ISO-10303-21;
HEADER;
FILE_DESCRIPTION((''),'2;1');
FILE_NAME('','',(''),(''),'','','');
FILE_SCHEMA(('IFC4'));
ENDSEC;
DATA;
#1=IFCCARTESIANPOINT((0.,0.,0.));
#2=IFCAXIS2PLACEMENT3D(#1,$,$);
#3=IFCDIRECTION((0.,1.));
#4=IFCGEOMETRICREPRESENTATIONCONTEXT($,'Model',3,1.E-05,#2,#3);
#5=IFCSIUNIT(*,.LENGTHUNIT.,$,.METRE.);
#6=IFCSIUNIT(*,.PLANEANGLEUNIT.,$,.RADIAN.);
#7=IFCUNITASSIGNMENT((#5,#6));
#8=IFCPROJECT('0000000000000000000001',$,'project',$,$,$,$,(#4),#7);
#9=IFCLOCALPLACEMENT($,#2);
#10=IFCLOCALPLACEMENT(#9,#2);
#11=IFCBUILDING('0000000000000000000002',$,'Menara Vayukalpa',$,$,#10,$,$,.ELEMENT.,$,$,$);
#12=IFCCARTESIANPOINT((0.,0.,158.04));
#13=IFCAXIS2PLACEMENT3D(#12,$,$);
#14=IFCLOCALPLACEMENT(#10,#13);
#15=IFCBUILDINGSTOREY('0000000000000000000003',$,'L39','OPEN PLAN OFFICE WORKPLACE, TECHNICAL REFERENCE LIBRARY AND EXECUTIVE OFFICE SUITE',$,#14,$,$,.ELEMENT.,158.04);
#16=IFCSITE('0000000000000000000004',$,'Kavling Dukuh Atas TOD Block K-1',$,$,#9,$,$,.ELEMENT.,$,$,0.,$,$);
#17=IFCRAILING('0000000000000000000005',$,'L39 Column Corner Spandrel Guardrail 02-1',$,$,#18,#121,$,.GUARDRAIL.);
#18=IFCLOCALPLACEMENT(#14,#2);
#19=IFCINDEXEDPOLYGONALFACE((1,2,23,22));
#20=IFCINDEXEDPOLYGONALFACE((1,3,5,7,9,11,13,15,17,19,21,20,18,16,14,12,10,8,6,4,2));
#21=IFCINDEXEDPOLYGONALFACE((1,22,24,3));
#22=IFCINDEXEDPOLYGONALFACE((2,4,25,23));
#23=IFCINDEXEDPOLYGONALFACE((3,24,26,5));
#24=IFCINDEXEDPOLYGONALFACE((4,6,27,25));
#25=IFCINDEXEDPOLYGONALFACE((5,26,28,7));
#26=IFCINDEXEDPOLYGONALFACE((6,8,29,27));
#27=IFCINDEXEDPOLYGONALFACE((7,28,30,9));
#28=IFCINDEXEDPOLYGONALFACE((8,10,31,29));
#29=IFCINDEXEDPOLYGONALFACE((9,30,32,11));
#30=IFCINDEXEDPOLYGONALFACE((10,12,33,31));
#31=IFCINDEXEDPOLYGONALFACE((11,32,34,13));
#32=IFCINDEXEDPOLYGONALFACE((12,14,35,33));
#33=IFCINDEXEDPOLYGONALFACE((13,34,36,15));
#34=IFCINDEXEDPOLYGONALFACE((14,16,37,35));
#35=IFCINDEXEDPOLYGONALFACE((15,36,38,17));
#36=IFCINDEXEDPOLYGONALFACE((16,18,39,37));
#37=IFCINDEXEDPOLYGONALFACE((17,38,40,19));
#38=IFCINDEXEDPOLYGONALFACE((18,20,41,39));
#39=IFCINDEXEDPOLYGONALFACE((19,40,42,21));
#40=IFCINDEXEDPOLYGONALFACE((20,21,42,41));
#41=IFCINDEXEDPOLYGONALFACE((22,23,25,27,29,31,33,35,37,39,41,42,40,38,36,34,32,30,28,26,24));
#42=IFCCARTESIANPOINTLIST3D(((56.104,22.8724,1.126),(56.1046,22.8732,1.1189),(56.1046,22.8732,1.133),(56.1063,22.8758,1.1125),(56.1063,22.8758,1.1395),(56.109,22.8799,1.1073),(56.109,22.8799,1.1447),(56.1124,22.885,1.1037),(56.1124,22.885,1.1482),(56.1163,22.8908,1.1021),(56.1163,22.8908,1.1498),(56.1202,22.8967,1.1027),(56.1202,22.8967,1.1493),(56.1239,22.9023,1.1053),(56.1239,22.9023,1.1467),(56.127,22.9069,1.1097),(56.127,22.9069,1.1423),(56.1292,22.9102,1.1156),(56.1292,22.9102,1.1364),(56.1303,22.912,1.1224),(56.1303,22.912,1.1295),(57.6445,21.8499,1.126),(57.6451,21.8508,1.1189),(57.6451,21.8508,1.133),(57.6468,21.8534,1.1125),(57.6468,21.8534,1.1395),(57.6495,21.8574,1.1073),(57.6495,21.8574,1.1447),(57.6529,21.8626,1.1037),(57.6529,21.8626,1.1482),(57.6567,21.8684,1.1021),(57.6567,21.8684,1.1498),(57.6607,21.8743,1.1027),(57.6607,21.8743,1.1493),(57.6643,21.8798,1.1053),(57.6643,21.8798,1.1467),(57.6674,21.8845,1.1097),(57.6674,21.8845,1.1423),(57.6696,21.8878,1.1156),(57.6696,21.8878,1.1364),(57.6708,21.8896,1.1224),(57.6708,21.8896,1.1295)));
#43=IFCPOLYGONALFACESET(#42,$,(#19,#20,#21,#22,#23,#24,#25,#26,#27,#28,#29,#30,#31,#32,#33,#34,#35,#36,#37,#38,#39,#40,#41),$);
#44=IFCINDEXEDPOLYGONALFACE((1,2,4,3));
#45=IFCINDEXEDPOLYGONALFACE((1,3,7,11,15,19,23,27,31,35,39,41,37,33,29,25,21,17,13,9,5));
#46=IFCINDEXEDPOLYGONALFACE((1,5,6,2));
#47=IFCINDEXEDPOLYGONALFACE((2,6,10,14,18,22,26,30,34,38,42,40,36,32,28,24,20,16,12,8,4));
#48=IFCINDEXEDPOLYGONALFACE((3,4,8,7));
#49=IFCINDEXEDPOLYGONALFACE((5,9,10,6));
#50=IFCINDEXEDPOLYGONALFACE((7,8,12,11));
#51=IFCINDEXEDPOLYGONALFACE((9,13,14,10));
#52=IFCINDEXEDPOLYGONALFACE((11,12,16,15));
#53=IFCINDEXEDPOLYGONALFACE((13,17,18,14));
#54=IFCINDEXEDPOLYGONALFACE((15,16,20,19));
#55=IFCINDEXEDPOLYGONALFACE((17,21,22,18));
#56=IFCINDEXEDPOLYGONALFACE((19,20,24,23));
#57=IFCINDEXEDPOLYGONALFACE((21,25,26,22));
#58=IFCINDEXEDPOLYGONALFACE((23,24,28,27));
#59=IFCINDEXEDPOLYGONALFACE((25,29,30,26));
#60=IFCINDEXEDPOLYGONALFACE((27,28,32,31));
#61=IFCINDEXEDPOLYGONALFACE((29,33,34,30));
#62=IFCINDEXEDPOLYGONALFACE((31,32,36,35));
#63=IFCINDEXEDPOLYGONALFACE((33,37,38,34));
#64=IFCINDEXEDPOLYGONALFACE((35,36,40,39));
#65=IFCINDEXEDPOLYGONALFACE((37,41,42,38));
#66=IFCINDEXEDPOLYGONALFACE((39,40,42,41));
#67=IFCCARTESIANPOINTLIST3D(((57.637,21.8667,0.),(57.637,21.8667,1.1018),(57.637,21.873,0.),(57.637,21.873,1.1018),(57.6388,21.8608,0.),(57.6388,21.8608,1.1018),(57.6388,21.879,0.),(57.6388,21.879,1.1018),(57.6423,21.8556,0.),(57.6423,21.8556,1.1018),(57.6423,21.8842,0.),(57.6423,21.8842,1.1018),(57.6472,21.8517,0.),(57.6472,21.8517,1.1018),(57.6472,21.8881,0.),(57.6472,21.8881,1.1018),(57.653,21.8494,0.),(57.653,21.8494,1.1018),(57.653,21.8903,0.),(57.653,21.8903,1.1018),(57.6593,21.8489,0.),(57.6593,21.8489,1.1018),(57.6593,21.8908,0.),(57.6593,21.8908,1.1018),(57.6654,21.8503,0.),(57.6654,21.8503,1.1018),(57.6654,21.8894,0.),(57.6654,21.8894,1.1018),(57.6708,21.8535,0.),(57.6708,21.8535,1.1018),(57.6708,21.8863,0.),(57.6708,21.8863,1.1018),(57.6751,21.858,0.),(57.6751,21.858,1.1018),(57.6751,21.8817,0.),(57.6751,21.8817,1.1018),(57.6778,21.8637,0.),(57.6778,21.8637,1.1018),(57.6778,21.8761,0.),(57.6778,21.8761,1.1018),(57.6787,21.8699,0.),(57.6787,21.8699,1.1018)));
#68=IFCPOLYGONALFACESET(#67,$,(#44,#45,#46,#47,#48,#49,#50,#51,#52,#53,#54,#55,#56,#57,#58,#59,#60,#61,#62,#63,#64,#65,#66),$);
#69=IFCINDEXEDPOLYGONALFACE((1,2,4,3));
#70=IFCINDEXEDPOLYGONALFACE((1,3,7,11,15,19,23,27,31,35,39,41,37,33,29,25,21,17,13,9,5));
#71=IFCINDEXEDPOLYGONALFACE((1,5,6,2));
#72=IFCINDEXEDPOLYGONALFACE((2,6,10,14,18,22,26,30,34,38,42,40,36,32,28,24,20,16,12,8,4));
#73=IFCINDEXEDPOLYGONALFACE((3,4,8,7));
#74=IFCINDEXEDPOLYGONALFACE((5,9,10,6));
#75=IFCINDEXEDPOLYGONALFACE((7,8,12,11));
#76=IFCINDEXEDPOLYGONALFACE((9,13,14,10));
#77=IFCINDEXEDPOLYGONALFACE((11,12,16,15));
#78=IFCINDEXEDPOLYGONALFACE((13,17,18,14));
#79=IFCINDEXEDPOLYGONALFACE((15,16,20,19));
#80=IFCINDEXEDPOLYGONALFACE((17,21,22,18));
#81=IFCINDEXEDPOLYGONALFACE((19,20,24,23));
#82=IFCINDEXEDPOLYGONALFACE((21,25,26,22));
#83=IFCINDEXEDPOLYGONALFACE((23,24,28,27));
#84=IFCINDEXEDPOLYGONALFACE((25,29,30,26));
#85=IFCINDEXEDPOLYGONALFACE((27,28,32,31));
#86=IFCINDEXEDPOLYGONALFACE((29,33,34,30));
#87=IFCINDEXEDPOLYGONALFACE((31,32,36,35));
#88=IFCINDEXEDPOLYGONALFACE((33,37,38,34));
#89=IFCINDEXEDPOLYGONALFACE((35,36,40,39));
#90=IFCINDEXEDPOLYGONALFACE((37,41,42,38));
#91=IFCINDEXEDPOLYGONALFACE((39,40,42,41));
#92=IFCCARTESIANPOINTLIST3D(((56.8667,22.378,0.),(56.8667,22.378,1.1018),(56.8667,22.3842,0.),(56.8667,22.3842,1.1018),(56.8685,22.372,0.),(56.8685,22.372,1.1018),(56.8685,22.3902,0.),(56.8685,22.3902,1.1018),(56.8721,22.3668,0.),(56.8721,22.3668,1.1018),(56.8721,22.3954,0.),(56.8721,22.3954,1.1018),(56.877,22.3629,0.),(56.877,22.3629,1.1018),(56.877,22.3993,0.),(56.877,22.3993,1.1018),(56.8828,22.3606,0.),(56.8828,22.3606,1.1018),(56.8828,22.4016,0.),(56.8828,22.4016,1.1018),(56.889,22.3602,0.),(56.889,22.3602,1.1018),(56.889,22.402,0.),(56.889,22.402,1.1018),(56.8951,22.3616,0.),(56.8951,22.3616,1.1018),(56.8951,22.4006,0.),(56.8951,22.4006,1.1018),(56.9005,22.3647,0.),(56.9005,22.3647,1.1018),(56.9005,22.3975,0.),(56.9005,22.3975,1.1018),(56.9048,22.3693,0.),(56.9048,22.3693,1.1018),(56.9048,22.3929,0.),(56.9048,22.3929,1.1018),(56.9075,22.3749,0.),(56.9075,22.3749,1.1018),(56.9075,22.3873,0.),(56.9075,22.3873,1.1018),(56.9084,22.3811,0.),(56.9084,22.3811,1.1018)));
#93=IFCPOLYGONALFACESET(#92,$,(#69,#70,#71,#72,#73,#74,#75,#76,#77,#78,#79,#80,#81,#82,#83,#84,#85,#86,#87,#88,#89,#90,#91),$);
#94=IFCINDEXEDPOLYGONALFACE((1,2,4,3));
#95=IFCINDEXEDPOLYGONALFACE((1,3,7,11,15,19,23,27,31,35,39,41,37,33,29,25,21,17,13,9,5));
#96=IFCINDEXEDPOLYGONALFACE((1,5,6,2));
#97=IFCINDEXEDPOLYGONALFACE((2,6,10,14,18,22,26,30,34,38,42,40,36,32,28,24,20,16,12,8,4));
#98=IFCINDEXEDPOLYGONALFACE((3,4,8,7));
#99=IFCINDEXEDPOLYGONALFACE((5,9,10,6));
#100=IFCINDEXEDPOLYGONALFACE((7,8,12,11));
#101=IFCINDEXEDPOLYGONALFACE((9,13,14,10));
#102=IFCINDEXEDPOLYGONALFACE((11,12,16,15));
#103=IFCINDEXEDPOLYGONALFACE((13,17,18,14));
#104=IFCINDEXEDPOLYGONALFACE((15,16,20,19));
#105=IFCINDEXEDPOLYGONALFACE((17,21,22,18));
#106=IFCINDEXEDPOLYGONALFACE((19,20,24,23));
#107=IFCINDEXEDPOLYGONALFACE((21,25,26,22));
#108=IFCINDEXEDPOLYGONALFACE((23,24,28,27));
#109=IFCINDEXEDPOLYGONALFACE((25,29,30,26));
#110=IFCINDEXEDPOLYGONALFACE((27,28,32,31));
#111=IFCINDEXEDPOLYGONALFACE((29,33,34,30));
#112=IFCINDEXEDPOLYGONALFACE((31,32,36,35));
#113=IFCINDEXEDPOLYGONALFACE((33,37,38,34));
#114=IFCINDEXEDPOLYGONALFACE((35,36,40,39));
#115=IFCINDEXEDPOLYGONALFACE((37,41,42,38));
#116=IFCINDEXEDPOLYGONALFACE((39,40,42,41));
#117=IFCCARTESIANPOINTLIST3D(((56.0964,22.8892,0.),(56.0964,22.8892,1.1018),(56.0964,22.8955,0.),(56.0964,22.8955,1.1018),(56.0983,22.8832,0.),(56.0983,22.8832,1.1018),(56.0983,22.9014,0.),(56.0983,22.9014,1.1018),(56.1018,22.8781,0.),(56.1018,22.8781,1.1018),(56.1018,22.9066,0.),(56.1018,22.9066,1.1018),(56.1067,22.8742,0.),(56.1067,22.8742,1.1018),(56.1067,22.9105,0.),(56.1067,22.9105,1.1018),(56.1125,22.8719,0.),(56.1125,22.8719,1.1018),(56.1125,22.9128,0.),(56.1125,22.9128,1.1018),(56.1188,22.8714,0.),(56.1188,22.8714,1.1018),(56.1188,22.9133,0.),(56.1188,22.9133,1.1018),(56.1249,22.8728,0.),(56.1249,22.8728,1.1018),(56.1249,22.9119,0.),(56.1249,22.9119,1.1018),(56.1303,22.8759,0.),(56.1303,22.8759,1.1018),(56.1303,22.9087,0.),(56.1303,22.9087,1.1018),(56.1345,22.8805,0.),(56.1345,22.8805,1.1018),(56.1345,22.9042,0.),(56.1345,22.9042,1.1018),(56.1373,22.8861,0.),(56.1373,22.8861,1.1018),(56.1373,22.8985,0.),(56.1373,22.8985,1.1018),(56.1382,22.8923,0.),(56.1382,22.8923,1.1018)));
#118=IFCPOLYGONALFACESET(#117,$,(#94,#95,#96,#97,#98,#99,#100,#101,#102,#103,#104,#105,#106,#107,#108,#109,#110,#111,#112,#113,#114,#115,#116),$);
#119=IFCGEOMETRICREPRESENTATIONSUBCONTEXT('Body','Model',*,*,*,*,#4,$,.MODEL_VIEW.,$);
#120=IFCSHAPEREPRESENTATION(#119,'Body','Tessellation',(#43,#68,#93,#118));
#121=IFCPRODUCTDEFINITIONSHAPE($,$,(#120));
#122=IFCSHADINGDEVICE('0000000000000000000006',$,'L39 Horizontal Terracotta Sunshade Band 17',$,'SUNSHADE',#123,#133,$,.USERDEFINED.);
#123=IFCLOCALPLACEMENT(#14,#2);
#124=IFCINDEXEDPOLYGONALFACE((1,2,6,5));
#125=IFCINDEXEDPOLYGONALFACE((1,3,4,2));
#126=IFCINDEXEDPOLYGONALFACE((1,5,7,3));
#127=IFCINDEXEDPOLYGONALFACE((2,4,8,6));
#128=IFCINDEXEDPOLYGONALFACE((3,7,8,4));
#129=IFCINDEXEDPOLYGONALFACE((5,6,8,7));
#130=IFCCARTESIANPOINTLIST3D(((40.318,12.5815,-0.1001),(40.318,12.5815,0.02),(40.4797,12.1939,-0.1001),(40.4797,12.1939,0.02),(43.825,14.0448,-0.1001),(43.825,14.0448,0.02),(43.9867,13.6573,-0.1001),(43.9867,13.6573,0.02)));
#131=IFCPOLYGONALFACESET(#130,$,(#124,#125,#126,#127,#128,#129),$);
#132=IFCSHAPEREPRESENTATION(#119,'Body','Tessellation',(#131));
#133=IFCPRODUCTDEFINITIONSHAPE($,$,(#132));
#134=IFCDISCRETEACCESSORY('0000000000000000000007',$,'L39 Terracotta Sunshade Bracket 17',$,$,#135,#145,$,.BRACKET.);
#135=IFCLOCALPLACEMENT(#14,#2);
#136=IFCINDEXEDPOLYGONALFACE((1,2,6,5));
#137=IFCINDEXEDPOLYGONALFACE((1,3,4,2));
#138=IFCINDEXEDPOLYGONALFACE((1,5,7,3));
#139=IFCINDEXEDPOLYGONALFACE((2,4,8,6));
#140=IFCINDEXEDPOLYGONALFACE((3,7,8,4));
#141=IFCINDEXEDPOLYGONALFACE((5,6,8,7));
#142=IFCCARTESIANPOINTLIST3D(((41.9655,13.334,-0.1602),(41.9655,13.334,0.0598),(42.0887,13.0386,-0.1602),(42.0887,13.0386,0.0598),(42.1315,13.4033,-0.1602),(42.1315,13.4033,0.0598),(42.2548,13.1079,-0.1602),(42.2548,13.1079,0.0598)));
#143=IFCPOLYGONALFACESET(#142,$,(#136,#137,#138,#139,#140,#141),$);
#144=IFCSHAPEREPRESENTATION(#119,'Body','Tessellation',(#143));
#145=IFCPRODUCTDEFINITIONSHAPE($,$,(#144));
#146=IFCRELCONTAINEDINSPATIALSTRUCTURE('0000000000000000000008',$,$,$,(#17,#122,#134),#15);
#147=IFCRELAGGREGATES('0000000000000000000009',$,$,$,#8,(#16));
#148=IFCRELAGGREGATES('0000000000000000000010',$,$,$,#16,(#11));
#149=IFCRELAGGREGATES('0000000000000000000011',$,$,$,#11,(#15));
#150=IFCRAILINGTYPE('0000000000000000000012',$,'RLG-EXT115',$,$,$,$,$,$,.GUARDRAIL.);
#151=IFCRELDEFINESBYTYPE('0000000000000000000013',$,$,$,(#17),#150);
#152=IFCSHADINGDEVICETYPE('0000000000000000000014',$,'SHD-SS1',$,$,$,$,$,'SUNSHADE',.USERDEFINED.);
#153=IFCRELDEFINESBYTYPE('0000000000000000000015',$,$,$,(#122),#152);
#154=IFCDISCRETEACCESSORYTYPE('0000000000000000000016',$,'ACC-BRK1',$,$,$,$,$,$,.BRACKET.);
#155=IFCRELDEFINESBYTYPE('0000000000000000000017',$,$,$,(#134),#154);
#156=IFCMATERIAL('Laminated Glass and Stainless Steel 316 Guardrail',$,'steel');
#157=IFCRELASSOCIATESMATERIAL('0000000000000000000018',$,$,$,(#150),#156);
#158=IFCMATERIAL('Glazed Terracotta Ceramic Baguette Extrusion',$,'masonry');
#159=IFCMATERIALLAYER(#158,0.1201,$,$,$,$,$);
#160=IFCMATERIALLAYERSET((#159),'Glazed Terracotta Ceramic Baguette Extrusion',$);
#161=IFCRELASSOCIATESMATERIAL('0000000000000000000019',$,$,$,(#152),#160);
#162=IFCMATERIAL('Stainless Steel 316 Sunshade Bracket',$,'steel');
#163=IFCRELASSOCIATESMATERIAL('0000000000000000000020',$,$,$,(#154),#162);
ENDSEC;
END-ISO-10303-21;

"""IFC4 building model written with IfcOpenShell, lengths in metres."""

from ifc_helpers import new_model, si_unit, direction, frame, origin, origin_2d, place, context, subcontext, project, spatial, rectangle, circle, extrude, material, layer, layer_set, type_object, element, save


model = new_model("IFC4")

# Units and contexts
model_context = context("Model", 3, precision=1e-05, world=origin(), true_north=direction((0.0, 1.0)))
body_context = subcontext(model_context, "Body", "Model", "MODEL_VIEW")
ifc_project = project(units=[si_unit("LENGTHUNIT", "METRE"), si_unit("PLANEANGLEUNIT", "RADIAN")], contexts=[model_context])

# Site, building, storey
site_placement = place(None, origin())
site = spatial("IfcSite", under=ifc_project, at=site_placement, Name="Kavling Dukuh Atas TOD Block K-1", CompositionType="ELEMENT", RefElevation=0.0)
building_placement = place(site_placement, origin())
building = spatial("IfcBuilding", under=site, at=building_placement, Name="Menara Vayukalpa", CompositionType="ELEMENT")
storey_placement = place(building_placement, frame((0.0, 0.0, 158.04)))
storey = spatial("IfcBuildingStorey", under=building, at=storey_placement, Name="L39", Description="OPEN PLAN OFFICE WORKPLACE, TECHNICAL REFERENCE LIBRARY AND EXECUTIVE OFFICE SUITE", CompositionType="ELEMENT", Elevation=158.04)

# Railing
ifc_material_1 = material(Name="Laminated Glass and Stainless Steel 316 Guardrail", Category="steel")
railing_type = type_object("IfcRailingType", Name="RLG-EXT115", PredefinedType="GUARDRAIL", material=ifc_material_1)
railing_1_placement = place(storey_placement, frame((57.6577, 21.8699, 0.0)))
element("IfcRailing", 1, at=railing_1_placement, inside=storey, type_object=railing_type, Name="L39 Column Corner Spandrel Guardrail 02-1", PredefinedType="GUARDRAIL", context=body_context, shape_type="SweptSolid", body=[
    extrude(circle(Radius=0.0239, at=origin_2d()), frame((0.0, 0.0, 1.126), z_axis=(-0.833186, 0.552993, 0.0), x_axis=(-0.552993, -0.833186, 0.0)), (0.0, 0.0, 1.0), 1.8489),
    extrude(circle(Radius=0.021, at=origin_2d()), origin(), (0.0, 0.0, 1.0), 1.1018),
    extrude(circle(Radius=0.021, at=origin_2d()), frame((-0.7703, 0.5112, 0.0)), (0.0, 0.0, 1.0), 1.1018),
    extrude(circle(Radius=0.021, at=origin_2d()), frame((-1.5405, 1.0225, 0.0)), (0.0, 0.0, 1.0), 1.1018),
])

# Shading device
ifc_material_2 = material(Name="Glazed Terracotta Ceramic Baguette Extrusion", Category="masonry")
ifc_layer_1 = layer(ifc_material_2, 0.1201)
ifc_layer_set_1 = layer_set([ifc_layer_1], Name="Glazed Terracotta Ceramic Baguette Extrusion")
shading_device_type = type_object("IfcShadingDeviceType", Name="SHD-SS1", ElementType="SUNSHADE", PredefinedType="USERDEFINED", material=ifc_layer_set_1)
shading_device_placement = place(storey_placement, frame((42.1523, 13.1194, -0.1001), z_axis=(0.0, 0.0, 1.0), x_axis=(0.922881, 0.385085, 0.0)))
element("IfcShadingDevice", 2, at=shading_device_placement, inside=storey, type_object=shading_device_type, Name="L39 Horizontal Terracotta Sunshade Band 17", ObjectType="SUNSHADE", PredefinedType="USERDEFINED", context=body_context, shape_type="SweptSolid", body=[
    extrude(rectangle(XDim=3.8, YDim=0.4199, at=origin_2d()), origin(), (0.0, 0.0, 1.0), 0.1201),
])

# Discrete accessory
ifc_material_3 = material(Name="Stainless Steel 316 Sunshade Bracket", Category="steel")
discrete_accessory_type = type_object("IfcDiscreteAccessoryType", Name="ACC-BRK1", PredefinedType="BRACKET", material=ifc_material_3)
discrete_accessory_placement = place(storey_placement, frame((42.1101, 13.2209, -0.1602), z_axis=(0.0, 0.0, 1.0), x_axis=(0.922881, 0.385085, 0.0)))
element("IfcDiscreteAccessory", 3, at=discrete_accessory_placement, inside=storey, type_object=discrete_accessory_type, Name="L39 Terracotta Sunshade Bracket 17", PredefinedType="BRACKET", context=body_context, shape_type="SweptSolid", body=[
    extrude(rectangle(XDim=0.1799, YDim=0.3201, at=origin_2d()), origin(), (0.0, 0.0, 1.0), 0.22),
])

save(model, "model.ifc")
